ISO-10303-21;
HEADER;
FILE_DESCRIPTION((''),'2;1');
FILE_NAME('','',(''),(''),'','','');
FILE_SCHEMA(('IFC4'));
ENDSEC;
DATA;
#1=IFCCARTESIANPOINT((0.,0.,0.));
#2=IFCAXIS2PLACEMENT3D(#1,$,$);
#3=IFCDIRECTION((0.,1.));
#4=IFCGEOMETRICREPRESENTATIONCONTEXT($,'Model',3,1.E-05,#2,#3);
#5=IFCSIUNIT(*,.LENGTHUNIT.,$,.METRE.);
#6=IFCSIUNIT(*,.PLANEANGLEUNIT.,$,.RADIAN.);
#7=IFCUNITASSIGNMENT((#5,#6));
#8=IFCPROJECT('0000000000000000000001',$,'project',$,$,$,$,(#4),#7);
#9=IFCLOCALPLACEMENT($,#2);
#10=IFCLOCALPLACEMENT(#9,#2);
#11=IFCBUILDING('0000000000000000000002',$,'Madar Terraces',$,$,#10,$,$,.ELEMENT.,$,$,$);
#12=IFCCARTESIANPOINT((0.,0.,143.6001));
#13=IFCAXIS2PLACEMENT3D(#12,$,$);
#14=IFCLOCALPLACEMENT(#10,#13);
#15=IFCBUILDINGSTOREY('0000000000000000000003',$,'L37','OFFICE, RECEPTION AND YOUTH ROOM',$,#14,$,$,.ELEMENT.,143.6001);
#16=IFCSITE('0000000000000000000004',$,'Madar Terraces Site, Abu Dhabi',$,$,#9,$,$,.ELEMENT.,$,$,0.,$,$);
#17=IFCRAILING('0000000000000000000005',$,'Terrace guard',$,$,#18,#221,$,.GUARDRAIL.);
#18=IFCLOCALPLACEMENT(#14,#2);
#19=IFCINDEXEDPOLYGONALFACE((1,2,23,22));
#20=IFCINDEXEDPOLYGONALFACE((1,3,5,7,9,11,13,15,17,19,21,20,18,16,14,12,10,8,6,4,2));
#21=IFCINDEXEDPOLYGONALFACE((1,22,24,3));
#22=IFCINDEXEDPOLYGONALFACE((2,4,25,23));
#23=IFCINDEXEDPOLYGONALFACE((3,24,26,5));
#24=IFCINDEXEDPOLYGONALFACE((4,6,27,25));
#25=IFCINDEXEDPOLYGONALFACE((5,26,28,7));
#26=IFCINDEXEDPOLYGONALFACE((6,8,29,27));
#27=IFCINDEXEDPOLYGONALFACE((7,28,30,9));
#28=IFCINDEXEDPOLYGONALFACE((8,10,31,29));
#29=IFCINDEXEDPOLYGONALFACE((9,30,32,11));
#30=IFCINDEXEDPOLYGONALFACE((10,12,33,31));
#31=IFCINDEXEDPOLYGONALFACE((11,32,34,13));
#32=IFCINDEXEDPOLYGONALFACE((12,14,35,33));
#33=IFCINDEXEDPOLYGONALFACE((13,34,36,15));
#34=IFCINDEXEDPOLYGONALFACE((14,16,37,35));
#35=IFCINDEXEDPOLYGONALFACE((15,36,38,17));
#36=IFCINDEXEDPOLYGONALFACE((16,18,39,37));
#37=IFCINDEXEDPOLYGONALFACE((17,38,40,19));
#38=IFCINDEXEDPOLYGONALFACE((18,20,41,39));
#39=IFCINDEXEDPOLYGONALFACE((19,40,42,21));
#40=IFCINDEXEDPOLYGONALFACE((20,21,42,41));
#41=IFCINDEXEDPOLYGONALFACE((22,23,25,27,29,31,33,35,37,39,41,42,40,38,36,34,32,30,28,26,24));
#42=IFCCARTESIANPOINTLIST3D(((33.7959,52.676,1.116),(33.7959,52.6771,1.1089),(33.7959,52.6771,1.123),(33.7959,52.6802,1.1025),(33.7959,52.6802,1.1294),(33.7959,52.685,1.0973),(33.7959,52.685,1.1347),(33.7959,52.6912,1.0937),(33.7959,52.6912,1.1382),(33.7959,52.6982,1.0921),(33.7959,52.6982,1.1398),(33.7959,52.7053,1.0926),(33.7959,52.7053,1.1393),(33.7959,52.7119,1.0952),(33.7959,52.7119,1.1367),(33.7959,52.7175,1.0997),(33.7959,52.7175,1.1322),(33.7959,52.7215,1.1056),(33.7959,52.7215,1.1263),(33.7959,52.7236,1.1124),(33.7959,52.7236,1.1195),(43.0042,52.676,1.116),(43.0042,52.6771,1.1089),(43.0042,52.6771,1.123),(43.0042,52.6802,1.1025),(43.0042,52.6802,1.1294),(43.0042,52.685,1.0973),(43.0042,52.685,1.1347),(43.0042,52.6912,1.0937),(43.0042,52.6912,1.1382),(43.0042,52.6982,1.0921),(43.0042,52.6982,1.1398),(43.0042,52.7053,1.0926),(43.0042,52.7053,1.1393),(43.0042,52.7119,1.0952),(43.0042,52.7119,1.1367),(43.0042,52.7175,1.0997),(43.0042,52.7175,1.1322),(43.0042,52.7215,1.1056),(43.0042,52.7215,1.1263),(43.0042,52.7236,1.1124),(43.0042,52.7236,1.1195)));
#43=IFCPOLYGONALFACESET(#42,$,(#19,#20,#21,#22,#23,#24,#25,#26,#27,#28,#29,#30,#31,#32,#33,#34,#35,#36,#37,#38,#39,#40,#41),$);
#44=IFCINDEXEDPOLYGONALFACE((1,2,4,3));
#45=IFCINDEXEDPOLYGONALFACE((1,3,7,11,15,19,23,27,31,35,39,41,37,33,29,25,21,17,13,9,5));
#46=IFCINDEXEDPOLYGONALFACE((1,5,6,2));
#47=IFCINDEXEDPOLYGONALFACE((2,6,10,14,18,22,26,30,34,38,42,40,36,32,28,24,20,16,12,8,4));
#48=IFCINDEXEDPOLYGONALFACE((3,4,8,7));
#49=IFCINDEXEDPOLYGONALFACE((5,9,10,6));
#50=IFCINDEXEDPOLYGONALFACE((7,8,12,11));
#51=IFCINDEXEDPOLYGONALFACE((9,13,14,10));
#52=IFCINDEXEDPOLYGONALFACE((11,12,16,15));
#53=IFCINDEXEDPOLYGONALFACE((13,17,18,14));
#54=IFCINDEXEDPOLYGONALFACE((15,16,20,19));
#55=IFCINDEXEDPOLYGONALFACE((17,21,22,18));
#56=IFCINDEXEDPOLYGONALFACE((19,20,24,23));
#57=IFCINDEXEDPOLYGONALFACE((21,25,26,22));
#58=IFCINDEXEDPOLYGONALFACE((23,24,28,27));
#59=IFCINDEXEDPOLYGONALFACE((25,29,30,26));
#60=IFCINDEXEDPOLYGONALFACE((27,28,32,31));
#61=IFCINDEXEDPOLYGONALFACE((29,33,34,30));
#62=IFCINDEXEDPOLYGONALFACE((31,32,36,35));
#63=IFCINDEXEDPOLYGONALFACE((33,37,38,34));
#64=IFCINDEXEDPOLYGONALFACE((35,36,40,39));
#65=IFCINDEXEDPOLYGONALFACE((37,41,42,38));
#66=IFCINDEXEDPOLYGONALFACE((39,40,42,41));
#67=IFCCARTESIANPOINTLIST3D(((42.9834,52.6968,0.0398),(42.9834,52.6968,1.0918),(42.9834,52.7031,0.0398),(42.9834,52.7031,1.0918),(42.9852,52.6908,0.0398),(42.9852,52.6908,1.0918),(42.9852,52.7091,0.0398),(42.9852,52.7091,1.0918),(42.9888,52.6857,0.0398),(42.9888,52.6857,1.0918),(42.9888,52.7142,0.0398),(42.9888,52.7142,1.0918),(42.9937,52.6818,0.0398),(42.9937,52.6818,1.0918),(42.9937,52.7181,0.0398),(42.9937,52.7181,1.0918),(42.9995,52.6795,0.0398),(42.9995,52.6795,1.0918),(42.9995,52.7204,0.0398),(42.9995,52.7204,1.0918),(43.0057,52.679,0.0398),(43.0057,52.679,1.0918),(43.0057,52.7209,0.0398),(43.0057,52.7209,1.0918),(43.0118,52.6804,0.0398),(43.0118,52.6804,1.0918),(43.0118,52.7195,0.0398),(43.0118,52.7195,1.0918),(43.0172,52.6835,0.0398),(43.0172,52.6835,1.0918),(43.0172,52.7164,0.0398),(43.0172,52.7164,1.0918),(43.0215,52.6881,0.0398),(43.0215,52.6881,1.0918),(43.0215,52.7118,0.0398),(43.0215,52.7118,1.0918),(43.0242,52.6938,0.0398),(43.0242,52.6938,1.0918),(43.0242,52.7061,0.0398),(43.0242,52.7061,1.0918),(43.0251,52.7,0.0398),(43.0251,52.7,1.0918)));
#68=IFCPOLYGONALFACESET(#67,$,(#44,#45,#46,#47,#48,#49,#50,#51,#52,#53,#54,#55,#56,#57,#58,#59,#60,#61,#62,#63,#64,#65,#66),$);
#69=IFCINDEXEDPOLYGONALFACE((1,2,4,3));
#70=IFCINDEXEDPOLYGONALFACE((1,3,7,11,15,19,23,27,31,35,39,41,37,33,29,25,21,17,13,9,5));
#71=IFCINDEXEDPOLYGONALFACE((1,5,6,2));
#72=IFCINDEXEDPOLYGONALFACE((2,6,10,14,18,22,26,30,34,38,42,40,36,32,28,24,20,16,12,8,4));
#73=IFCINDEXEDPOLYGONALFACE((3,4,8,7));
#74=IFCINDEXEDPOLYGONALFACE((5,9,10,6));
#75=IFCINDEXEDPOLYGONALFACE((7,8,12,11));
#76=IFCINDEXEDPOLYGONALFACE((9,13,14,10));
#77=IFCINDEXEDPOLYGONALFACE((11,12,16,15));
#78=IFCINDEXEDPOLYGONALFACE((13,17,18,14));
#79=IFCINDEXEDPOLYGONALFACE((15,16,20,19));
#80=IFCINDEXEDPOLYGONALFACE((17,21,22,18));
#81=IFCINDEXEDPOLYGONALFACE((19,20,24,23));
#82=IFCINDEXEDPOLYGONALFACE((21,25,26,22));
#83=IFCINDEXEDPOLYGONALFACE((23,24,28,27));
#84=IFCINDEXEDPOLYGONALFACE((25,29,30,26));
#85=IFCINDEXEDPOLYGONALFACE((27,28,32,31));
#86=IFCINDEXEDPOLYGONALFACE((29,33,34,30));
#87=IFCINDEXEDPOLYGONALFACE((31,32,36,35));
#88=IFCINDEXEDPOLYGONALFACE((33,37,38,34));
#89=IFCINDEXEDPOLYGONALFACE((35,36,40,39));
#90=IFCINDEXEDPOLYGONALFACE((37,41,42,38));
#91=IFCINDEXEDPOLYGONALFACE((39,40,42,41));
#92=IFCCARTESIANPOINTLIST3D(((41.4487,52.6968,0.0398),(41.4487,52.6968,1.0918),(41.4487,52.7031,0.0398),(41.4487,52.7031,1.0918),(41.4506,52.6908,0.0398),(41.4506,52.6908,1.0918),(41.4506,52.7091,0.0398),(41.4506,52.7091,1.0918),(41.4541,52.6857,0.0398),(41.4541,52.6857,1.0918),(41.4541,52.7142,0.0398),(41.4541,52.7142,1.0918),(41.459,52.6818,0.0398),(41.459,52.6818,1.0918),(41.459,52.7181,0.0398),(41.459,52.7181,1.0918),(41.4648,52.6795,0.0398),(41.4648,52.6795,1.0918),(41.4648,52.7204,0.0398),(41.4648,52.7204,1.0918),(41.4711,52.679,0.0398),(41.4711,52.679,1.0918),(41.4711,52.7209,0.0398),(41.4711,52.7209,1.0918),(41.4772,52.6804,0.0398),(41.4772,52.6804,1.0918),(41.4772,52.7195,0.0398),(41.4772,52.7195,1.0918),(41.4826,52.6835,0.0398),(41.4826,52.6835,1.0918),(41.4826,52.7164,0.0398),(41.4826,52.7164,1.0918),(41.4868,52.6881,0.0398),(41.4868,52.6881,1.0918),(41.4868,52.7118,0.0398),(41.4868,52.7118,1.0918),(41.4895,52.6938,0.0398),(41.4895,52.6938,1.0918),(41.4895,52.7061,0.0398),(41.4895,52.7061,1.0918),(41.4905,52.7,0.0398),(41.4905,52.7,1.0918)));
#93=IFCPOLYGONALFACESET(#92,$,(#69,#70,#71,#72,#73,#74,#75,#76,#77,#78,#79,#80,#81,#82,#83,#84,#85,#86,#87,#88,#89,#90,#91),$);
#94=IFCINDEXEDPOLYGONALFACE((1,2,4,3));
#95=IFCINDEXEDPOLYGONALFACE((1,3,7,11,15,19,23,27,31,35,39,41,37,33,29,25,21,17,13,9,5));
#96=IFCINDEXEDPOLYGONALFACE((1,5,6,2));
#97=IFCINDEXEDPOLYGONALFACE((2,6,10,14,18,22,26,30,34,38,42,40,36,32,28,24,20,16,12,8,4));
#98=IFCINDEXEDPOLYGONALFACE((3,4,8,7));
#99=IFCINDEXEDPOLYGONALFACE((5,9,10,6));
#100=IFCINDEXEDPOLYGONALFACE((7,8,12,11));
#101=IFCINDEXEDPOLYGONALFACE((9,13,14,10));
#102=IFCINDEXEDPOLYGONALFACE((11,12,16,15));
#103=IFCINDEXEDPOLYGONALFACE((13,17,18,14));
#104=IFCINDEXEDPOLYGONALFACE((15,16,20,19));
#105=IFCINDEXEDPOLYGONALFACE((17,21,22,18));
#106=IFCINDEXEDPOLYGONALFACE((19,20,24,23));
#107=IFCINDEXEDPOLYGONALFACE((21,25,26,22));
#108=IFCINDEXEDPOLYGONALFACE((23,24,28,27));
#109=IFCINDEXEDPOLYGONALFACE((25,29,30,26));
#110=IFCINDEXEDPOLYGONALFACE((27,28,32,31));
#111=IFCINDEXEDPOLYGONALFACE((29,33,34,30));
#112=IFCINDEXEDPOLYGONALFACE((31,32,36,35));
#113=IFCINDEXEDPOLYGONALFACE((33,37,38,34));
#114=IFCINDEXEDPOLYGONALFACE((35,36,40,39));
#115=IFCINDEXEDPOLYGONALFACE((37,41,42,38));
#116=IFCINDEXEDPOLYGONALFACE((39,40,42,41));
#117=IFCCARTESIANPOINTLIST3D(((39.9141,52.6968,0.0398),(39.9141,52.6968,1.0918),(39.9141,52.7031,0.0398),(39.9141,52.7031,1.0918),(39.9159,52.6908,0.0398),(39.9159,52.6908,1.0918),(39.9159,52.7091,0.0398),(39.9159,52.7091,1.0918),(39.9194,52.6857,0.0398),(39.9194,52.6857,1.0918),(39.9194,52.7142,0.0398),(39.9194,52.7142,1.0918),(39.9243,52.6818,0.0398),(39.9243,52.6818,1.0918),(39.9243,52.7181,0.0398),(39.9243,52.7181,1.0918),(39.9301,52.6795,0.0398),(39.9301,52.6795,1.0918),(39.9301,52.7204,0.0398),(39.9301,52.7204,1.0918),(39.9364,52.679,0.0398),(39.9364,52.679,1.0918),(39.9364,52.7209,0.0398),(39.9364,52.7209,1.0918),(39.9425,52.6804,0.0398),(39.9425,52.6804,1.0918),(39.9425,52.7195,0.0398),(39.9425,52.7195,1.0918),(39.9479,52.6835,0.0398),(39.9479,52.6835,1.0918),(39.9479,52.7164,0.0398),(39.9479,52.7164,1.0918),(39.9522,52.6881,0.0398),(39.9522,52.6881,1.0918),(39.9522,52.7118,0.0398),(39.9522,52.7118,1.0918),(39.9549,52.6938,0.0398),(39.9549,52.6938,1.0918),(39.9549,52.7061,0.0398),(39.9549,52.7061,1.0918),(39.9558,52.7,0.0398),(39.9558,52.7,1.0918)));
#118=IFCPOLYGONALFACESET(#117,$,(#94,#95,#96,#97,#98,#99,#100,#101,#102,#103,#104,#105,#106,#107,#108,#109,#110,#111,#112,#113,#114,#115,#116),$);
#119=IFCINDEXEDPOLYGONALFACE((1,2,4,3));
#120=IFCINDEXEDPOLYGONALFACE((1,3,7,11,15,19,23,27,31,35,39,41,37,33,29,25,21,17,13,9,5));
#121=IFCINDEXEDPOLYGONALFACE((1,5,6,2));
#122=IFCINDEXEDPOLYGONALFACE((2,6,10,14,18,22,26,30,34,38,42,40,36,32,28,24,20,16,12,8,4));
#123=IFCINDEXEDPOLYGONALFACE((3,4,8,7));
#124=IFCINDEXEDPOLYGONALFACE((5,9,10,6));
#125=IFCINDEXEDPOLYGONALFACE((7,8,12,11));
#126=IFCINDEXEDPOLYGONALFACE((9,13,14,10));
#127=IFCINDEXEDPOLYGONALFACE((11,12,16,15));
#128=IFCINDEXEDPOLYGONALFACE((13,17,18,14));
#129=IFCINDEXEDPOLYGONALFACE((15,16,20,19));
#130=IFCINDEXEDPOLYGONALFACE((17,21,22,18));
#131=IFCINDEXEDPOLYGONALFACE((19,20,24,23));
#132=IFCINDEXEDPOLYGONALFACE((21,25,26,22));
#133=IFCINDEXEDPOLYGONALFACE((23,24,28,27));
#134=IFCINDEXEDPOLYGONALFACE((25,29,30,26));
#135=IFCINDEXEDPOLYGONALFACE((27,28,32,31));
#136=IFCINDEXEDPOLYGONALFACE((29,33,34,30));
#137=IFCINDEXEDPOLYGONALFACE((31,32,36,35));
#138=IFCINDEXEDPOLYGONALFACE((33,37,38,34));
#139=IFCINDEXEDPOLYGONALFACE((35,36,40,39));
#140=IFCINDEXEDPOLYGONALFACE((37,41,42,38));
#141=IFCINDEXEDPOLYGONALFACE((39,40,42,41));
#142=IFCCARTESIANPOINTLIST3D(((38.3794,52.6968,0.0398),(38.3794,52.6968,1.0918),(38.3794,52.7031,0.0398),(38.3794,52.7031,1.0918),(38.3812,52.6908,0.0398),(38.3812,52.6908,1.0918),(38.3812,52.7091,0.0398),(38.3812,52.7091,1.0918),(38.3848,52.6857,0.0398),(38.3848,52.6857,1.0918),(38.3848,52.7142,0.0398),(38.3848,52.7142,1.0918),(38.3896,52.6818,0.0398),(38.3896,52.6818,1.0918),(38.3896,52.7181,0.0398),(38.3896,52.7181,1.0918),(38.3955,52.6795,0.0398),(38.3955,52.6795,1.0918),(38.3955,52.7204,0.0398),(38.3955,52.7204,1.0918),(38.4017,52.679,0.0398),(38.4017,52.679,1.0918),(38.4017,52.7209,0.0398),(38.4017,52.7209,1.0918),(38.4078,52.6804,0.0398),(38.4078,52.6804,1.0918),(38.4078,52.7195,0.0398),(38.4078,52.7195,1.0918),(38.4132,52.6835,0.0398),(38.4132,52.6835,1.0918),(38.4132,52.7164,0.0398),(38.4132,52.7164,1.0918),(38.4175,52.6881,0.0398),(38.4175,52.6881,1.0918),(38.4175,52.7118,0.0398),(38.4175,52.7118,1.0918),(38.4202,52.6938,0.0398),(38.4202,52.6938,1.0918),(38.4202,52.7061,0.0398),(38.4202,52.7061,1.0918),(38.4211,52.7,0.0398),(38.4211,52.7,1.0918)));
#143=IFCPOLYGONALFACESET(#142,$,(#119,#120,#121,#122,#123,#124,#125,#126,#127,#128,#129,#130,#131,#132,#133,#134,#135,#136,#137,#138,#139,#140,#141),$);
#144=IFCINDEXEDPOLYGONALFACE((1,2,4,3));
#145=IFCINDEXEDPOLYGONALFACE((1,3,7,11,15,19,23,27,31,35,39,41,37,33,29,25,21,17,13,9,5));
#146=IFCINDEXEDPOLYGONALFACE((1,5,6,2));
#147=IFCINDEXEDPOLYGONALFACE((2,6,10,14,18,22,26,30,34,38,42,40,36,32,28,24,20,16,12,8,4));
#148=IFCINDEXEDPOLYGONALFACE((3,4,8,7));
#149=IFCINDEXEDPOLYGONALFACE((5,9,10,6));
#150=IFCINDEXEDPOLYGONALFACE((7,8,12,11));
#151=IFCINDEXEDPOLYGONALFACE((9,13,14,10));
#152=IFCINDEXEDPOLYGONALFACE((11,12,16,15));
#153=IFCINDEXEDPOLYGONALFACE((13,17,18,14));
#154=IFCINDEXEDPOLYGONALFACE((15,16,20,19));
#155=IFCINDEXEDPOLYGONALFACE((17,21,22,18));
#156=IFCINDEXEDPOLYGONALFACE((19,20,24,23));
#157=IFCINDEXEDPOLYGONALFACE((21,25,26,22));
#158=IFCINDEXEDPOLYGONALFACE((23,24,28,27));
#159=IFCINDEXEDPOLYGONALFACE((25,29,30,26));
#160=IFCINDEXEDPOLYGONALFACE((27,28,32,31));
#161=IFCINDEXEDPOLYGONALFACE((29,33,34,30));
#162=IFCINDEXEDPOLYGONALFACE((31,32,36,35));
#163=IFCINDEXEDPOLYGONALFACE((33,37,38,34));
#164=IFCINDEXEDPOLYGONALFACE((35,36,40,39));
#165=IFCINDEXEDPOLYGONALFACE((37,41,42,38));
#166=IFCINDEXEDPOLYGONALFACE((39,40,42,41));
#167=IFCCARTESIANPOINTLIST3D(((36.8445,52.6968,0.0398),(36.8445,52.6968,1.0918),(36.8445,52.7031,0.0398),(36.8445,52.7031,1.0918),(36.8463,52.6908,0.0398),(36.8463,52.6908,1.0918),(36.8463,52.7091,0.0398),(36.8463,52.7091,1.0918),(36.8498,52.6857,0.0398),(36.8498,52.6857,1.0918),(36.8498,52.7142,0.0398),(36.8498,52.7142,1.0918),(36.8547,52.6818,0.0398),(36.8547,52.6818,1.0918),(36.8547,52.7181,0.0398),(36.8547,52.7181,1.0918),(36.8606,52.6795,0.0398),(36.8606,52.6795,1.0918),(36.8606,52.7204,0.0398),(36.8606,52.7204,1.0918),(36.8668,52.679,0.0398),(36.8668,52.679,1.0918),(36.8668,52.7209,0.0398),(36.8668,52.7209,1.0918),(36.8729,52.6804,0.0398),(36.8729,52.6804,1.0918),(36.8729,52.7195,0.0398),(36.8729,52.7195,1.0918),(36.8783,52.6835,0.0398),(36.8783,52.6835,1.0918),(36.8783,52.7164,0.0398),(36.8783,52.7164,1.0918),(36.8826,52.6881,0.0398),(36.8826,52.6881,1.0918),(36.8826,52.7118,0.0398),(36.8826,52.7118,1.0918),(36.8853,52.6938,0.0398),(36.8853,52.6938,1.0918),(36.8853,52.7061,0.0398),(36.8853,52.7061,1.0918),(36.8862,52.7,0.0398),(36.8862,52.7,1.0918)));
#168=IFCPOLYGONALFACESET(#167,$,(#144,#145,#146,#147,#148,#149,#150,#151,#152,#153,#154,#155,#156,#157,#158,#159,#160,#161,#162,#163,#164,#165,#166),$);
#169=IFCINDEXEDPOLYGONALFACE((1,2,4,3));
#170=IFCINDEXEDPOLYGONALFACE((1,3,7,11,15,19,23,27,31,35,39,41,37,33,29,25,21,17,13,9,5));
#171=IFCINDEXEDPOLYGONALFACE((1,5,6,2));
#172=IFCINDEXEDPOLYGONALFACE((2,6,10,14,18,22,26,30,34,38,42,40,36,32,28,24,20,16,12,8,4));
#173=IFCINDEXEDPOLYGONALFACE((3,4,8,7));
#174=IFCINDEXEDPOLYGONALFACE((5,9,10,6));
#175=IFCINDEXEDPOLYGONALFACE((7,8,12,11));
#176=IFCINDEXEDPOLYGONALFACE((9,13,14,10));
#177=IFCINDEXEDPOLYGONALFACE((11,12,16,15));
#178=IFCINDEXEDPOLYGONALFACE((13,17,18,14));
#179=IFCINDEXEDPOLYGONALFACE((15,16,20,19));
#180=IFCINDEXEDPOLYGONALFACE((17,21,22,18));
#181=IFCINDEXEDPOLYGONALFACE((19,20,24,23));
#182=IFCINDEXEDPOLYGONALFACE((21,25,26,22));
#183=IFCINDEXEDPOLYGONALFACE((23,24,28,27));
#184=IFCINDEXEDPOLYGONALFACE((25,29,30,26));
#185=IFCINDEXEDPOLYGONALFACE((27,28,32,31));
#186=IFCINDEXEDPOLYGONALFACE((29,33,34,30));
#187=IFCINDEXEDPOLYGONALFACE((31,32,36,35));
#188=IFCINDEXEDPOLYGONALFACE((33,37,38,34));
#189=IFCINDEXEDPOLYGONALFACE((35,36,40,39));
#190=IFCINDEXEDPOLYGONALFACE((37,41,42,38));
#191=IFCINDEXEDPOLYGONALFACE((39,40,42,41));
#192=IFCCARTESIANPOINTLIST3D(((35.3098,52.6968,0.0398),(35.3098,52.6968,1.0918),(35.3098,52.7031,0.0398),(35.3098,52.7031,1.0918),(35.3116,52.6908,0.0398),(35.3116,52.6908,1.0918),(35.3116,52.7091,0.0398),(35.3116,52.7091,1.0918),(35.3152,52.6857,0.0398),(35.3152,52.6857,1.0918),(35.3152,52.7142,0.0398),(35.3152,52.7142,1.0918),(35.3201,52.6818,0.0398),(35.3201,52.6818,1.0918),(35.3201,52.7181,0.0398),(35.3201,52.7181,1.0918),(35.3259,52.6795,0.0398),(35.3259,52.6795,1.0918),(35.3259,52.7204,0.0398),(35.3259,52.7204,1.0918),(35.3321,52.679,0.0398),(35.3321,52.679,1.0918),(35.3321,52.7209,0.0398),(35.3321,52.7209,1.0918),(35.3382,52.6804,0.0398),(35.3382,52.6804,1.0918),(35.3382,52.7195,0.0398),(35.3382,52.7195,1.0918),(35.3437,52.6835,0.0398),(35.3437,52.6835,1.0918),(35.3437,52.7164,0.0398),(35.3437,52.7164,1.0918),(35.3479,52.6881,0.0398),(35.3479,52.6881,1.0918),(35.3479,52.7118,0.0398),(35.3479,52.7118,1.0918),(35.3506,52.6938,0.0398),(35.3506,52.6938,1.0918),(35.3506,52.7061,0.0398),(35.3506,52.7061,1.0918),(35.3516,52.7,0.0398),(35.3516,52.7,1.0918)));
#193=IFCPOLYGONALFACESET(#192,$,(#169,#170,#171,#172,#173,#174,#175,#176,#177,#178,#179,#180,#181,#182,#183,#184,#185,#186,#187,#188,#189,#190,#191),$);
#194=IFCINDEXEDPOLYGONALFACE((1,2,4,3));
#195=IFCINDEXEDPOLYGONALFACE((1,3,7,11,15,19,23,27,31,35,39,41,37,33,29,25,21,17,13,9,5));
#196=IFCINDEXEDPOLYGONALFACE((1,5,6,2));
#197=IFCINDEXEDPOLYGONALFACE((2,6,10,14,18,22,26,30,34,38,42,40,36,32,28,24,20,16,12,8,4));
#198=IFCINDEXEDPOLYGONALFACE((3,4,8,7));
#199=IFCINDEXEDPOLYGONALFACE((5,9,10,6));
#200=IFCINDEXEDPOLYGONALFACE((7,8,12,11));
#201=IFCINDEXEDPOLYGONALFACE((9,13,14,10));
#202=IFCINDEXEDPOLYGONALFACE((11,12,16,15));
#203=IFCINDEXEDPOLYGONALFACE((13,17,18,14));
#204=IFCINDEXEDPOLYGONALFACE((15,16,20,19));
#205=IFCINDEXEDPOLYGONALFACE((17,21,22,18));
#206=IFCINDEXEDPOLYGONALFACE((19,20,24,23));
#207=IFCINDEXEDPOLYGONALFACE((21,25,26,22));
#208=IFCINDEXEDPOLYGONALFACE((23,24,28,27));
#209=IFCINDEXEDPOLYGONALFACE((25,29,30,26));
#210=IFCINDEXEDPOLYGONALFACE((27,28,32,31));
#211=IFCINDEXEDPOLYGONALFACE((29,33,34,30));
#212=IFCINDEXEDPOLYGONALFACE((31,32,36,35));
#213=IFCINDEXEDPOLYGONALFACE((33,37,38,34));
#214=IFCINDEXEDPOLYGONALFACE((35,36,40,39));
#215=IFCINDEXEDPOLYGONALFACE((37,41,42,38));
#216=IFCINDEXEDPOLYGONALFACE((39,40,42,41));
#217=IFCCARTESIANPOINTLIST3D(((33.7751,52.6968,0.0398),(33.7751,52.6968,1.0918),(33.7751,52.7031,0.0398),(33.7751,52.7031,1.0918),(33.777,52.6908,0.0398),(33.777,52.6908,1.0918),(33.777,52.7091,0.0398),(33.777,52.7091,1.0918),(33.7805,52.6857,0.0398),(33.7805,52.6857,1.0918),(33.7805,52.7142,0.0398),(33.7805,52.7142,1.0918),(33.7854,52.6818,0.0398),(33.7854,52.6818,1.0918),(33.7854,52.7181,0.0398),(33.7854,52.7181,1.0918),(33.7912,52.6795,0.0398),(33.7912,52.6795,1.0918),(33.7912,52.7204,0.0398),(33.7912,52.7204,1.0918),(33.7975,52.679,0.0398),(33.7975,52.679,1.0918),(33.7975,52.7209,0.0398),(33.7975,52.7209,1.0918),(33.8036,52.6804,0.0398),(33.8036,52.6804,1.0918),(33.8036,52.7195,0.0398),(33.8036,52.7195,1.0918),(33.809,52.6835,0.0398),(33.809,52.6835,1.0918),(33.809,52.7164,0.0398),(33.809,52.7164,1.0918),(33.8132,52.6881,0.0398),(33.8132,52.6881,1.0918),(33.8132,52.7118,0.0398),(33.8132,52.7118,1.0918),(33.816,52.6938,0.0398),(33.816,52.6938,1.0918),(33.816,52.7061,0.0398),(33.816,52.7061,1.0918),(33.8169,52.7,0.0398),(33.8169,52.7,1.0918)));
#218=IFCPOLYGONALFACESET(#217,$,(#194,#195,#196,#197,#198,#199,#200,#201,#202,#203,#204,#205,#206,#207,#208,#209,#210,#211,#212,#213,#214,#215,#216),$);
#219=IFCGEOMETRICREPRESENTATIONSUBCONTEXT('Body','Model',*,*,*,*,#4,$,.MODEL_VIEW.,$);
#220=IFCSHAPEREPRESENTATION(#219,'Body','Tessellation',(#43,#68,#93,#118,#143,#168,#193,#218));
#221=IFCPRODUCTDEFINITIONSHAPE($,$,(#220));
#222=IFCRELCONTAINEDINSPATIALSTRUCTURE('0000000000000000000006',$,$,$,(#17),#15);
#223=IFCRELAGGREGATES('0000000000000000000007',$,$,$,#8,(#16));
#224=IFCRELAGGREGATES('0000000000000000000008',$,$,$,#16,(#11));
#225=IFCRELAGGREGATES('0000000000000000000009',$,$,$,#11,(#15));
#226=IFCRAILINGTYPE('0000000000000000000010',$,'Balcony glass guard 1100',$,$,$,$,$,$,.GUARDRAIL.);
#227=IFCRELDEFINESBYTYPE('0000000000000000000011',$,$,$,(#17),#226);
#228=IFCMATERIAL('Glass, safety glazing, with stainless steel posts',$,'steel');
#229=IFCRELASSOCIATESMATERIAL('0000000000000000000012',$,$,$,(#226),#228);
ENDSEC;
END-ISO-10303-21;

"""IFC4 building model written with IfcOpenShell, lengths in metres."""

from ifc_helpers import new_model, si_unit, direction, frame, origin, origin_2d, place, context, subcontext, project, spatial, circle, extrude, material, type_object, element, save


model = new_model("IFC4")

# Units and contexts
model_context = context("Model", 3, precision=1e-05, world=origin(), true_north=direction((0.0, 1.0)))
body_context = subcontext(model_context, "Body", "Model", "MODEL_VIEW")
ifc_project = project(units=[si_unit("LENGTHUNIT", "METRE"), si_unit("PLANEANGLEUNIT", "RADIAN")], contexts=[model_context])

# Site, building, storey
site_placement = place(None, origin())
site = spatial("IfcSite", under=ifc_project, at=site_placement, Name="Madar Terraces Site, Abu Dhabi", CompositionType="ELEMENT", RefElevation=0.0)
building_placement = place(site_placement, origin())
building = spatial("IfcBuilding", under=site, at=building_placement, Name="Madar Terraces", CompositionType="ELEMENT")
storey_placement = place(building_placement, frame((0.0, 0.0, 143.6001)))
storey = spatial("IfcBuildingStorey", under=building, at=storey_placement, Name="L37", Description="OFFICE, RECEPTION AND YOUTH ROOM", CompositionType="ELEMENT", Elevation=143.6001)

# Railing
ifc_material_1 = material(Name="Glass, safety glazing, with stainless steel posts", Category="steel")
railing_type = type_object("IfcRailingType", Name="Balcony glass guard 1100", PredefinedType="GUARDRAIL", material=ifc_material_1)
railing_placement = place(storey_placement, frame((43.0042, 52.7, 0.0398)))
element("IfcRailing", 1, at=railing_placement, inside=storey, type_object=railing_type, Name="Terrace guard", PredefinedType="GUARDRAIL", context=body_context, shape_type="SweptSolid", body=[
    extrude(circle(Radius=0.0239, at=origin_2d()), frame((0.0, 0.0, 1.0762), z_axis=(-1.0, 0.0, 0.0), x_axis=(0.0, -1.0, 0.0)), (0.0, 0.0, 1.0), 9.2083),
    extrude(circle(Radius=0.021, at=origin_2d()), origin(), (0.0, 0.0, 1.0), 1.052),
    extrude(circle(Radius=0.021, at=origin_2d()), frame((-1.5347, 0.0, 0.0)), (0.0, 0.0, 1.0), 1.052),
    extrude(circle(Radius=0.021, at=origin_2d()), frame((-3.0693, 0.0, 0.0)), (0.0, 0.0, 1.0), 1.052),
    extrude(circle(Radius=0.021, at=origin_2d()), frame((-4.604, 0.0, 0.0)), (0.0, 0.0, 1.0), 1.052),
    extrude(circle(Radius=0.021, at=origin_2d()), frame((-6.1389, 0.0, 0.0)), (0.0, 0.0, 1.0), 1.052),
    extrude(circle(Radius=0.021, at=origin_2d()), frame((-7.6736, 0.0, 0.0)), (0.0, 0.0, 1.0), 1.052),
    extrude(circle(Radius=0.021, at=origin_2d()), frame((-9.2083, 0.0, 0.0)), (0.0, 0.0, 1.0), 1.052),
])

save(model, "model.ifc")
